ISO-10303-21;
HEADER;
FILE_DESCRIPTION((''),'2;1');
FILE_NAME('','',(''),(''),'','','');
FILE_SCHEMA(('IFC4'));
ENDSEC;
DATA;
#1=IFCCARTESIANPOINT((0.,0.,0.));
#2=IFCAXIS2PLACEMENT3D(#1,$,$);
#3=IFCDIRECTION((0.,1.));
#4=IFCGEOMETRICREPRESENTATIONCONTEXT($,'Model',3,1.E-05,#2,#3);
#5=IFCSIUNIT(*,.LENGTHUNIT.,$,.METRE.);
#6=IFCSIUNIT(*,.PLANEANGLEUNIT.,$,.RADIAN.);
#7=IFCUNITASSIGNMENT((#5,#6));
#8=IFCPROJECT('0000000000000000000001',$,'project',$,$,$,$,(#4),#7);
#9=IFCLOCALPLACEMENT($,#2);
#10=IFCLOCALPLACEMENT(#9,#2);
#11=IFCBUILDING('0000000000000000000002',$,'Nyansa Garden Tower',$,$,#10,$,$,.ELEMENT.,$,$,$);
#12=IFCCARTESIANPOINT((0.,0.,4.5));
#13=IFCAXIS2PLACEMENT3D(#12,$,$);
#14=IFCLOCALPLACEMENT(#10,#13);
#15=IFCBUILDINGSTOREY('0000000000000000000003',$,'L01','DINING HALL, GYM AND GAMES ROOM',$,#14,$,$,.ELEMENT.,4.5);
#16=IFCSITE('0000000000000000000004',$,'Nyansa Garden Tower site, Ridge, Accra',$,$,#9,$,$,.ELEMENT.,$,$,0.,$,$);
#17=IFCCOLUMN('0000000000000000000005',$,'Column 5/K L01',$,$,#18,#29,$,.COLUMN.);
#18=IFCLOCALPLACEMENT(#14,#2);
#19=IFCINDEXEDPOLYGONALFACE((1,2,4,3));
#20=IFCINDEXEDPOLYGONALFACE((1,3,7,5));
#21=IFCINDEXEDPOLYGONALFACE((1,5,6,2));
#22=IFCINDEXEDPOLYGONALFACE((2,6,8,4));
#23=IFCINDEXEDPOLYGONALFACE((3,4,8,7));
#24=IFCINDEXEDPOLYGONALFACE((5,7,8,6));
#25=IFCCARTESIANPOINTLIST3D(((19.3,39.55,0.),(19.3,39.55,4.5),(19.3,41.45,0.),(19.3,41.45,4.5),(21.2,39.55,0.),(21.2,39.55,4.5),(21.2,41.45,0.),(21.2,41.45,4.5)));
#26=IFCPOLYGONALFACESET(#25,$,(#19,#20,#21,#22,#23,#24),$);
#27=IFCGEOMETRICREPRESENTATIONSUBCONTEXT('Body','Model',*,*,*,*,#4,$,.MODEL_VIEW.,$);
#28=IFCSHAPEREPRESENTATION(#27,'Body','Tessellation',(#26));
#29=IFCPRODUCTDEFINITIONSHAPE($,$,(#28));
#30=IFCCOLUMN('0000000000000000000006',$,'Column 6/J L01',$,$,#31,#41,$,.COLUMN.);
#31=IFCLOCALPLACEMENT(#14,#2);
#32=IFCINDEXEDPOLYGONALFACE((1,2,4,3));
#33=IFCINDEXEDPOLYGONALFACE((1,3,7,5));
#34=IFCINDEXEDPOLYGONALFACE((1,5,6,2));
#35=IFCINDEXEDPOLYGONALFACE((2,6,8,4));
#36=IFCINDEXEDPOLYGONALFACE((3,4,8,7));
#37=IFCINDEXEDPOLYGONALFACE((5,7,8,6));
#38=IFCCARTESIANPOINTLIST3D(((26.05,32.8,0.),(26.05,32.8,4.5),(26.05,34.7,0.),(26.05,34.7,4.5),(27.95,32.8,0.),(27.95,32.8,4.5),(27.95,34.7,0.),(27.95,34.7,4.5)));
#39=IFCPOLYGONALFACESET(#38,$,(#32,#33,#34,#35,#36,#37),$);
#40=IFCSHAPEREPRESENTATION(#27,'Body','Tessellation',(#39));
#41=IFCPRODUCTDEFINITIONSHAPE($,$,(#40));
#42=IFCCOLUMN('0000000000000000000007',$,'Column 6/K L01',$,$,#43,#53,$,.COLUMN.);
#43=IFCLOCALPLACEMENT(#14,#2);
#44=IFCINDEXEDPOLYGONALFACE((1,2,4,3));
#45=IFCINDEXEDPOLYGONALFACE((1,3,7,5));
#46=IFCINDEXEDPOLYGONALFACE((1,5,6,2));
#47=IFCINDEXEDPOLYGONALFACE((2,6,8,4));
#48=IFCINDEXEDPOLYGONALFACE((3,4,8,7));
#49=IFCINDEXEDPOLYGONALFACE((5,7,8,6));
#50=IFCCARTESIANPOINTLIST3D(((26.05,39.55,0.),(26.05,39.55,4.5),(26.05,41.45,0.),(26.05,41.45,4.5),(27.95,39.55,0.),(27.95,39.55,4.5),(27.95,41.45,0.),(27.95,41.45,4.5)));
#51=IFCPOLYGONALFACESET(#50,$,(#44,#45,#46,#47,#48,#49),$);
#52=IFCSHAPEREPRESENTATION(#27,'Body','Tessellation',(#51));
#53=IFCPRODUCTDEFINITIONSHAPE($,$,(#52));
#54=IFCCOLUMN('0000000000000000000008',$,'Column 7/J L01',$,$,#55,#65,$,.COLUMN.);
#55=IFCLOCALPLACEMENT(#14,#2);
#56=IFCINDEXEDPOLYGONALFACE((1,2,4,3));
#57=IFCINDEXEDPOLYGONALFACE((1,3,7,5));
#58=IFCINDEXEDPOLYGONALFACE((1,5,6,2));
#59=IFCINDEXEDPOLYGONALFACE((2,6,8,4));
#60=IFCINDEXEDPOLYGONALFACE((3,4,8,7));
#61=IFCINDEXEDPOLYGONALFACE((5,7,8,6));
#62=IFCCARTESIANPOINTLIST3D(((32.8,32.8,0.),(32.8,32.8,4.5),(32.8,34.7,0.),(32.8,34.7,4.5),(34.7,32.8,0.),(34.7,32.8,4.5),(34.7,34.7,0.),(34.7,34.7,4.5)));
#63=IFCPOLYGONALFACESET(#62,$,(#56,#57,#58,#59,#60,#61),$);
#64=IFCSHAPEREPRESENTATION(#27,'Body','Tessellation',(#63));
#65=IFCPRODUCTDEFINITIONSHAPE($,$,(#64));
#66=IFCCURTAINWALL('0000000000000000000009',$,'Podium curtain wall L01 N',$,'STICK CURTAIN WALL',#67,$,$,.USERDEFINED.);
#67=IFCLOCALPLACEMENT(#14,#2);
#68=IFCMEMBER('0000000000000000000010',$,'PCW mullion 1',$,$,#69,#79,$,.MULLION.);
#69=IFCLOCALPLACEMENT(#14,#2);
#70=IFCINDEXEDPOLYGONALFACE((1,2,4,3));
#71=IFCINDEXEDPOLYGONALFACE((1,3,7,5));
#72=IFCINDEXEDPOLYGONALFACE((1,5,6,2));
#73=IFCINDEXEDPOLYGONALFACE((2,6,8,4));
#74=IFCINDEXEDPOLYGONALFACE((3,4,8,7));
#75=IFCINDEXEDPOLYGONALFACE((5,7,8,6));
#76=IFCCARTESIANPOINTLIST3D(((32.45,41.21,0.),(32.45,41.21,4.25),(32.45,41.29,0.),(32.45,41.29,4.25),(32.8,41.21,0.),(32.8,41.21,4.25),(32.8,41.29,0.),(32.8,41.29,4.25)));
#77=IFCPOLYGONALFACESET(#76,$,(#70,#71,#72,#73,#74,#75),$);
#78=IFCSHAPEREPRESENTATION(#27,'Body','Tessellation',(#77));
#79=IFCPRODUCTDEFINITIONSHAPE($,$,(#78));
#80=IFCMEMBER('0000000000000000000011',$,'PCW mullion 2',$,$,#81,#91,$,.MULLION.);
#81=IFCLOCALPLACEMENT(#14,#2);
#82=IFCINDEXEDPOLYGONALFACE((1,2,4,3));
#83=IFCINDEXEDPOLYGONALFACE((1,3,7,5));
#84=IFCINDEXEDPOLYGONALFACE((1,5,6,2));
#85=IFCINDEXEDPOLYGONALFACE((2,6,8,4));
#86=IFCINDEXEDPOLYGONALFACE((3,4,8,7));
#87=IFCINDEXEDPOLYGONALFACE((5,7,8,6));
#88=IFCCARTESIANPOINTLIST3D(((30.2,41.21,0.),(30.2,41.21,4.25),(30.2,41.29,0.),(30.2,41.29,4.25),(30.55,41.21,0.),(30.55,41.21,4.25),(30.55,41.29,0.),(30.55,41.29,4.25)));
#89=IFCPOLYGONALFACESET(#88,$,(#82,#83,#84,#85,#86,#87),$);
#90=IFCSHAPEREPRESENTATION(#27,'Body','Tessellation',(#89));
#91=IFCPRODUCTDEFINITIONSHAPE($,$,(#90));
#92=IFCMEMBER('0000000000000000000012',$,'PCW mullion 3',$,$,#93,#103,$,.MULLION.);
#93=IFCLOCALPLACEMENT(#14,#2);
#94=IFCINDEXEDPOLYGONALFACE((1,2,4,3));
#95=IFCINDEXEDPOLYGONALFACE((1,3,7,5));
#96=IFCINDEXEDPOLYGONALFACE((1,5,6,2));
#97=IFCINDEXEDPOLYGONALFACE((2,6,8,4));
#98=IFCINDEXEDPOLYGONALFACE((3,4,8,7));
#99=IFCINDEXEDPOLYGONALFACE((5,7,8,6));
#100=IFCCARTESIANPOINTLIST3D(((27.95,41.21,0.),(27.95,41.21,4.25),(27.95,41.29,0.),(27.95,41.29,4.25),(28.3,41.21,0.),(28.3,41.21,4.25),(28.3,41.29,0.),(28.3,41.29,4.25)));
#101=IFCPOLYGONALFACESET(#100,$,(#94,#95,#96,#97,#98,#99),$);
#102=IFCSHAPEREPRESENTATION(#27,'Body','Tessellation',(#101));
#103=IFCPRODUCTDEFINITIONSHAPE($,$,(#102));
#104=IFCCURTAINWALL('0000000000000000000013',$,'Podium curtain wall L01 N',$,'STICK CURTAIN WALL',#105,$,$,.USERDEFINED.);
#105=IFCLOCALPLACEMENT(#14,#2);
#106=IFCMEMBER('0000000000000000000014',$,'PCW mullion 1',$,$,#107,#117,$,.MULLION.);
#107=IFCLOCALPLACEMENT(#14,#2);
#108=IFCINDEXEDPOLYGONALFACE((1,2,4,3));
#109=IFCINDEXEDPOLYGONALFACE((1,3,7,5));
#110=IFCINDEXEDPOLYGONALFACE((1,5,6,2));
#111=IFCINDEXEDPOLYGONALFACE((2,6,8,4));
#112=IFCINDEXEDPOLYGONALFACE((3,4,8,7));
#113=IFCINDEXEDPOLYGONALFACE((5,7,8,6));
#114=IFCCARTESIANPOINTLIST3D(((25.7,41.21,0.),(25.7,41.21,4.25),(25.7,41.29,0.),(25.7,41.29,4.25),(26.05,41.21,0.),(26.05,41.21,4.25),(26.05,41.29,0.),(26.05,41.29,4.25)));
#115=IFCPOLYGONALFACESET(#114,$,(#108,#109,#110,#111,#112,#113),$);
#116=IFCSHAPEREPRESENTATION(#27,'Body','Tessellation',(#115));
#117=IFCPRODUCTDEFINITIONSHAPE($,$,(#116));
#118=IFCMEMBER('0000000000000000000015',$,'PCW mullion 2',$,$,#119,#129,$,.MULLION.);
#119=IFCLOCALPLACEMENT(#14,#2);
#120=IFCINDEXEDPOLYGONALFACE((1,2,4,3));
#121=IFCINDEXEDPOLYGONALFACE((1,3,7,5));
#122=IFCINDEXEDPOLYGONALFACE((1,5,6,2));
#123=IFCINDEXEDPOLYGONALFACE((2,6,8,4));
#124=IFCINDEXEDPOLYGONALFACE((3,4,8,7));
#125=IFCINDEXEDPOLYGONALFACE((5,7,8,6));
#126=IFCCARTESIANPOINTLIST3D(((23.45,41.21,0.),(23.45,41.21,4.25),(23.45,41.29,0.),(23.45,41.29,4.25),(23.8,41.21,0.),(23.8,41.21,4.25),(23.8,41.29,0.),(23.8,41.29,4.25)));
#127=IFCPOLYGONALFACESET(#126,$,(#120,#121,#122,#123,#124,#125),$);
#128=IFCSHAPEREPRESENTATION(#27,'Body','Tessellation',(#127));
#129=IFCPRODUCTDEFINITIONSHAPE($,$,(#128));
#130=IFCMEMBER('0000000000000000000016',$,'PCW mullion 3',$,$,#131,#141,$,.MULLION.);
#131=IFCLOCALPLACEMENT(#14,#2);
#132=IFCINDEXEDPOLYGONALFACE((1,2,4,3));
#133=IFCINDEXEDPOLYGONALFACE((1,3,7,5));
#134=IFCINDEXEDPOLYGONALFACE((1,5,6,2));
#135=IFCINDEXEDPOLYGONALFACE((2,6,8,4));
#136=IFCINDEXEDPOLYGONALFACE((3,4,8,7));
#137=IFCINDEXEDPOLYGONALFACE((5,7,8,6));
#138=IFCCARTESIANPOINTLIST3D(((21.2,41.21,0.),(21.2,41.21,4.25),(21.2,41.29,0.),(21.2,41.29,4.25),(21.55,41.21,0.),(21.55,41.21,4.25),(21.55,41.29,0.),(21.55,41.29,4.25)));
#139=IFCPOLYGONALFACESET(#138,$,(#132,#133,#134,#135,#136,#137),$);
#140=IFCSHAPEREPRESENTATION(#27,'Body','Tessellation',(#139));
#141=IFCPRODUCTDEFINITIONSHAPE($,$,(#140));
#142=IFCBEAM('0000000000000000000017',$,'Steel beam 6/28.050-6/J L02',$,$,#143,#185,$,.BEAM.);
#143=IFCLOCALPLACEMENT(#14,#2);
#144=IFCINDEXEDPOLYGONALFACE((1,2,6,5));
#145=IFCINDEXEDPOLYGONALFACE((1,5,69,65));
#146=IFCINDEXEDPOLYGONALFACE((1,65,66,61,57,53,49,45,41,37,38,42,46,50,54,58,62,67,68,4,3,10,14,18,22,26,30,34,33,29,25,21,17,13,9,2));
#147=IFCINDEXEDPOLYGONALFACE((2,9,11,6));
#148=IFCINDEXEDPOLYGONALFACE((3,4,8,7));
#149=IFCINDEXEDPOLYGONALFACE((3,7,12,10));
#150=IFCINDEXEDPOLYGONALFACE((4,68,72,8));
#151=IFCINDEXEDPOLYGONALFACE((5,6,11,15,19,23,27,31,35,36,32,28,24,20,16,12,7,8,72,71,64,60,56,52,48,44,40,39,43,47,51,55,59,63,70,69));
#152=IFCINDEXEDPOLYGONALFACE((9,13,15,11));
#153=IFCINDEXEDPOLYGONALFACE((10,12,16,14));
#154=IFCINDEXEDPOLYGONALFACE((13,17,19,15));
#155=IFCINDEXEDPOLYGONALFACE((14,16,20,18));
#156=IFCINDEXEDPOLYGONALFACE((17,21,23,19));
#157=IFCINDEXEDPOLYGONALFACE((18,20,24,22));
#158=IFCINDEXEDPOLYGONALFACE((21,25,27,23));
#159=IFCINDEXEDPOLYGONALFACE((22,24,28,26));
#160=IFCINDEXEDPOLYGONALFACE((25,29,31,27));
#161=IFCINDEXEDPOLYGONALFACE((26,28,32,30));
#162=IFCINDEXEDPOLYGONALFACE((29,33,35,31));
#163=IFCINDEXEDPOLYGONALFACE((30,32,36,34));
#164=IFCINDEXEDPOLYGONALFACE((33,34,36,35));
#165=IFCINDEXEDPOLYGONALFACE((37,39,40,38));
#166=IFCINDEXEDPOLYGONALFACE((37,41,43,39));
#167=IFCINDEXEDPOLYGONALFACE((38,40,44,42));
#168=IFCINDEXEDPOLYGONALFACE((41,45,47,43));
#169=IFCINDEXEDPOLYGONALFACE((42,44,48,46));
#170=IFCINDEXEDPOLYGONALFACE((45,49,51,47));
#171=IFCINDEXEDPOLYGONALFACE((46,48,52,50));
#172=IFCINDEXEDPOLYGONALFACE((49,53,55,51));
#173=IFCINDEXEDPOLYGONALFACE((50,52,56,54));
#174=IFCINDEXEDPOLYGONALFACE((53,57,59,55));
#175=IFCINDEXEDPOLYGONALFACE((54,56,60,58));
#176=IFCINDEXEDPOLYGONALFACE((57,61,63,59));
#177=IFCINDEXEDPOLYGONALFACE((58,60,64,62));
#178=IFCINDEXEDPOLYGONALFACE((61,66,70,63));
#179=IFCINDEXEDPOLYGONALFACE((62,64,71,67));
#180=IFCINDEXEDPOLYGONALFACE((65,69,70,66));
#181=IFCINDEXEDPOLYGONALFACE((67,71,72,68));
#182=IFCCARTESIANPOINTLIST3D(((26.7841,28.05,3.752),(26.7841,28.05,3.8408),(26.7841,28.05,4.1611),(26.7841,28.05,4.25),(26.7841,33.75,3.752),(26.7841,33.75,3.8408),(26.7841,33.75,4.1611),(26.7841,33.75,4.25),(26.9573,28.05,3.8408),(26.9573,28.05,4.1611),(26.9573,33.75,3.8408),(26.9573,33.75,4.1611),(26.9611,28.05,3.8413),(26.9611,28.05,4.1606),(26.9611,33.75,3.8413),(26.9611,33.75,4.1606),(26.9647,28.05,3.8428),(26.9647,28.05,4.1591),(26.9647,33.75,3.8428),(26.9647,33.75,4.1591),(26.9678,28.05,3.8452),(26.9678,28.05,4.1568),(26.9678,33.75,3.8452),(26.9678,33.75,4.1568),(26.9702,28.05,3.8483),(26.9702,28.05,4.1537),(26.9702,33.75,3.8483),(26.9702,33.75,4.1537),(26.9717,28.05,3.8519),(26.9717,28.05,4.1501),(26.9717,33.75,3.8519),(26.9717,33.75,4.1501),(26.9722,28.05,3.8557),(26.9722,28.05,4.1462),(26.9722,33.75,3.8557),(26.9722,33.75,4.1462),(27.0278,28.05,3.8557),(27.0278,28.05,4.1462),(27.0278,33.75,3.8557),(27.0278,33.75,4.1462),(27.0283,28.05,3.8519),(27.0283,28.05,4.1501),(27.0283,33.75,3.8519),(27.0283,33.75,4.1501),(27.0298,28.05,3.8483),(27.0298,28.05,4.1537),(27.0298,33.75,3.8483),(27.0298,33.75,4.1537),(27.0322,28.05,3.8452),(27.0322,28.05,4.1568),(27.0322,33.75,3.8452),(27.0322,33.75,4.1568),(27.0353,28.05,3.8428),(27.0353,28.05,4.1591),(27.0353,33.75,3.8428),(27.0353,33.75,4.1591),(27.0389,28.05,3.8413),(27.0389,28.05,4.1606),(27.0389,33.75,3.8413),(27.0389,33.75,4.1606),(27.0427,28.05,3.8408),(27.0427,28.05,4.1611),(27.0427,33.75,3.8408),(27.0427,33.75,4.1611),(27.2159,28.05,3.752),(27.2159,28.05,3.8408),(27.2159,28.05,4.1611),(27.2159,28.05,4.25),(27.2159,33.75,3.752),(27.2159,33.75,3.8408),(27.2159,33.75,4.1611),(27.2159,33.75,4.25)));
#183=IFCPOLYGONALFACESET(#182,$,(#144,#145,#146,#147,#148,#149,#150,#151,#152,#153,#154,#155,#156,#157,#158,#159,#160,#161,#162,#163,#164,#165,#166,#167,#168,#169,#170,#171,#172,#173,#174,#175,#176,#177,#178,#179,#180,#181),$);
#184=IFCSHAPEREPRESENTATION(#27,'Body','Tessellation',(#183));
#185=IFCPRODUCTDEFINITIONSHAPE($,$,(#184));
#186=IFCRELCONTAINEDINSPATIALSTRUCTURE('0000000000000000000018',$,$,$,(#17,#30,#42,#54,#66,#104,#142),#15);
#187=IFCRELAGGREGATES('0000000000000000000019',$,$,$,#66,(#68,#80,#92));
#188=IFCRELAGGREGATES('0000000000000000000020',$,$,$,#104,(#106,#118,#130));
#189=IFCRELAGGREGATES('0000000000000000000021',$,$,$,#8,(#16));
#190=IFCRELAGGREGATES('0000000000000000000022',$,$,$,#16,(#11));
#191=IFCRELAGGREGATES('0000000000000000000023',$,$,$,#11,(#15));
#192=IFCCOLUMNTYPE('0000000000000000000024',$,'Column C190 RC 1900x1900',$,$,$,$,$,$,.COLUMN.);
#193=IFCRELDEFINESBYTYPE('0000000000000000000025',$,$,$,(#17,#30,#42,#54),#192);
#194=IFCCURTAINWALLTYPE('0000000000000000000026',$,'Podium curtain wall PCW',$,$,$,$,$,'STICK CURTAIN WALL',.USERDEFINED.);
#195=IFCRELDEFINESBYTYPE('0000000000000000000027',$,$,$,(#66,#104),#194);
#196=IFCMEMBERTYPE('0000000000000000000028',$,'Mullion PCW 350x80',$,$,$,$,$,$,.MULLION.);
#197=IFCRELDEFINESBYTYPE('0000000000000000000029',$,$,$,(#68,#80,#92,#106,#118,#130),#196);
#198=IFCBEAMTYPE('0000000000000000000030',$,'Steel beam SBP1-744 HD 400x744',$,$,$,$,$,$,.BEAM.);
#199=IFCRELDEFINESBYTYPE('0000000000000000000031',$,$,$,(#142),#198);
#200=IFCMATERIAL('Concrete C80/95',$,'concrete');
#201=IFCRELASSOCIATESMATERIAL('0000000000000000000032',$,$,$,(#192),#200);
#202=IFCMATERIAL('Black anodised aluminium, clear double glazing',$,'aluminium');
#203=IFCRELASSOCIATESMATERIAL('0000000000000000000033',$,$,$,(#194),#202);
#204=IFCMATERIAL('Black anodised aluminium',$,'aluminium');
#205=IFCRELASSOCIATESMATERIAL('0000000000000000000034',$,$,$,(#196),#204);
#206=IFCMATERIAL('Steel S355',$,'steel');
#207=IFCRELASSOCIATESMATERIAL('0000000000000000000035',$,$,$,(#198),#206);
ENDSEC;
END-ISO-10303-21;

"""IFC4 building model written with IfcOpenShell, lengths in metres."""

from ifc_helpers import new_model, si_unit, direction, frame, origin, origin_2d, place, context, subcontext, project, spatial, rectangle, i_section, extrude, material, material_profile, profile_set, type_object, element, aggregate, save


model = new_model("IFC4")

# Units and contexts
model_context = context("Model", 3, precision=1e-05, world=origin(), true_north=direction((0.0, 1.0)))
body_context = subcontext(model_context, "Body", "Model", "MODEL_VIEW")
ifc_project = project(units=[si_unit("LENGTHUNIT", "METRE"), si_unit("PLANEANGLEUNIT", "RADIAN")], contexts=[model_context])

# Site, building, storey
site_placement = place(None, origin())
site = spatial("IfcSite", under=ifc_project, at=site_placement, Name="Nyansa Garden Tower site, Ridge, Accra", CompositionType="ELEMENT", RefElevation=0.0)
building_placement = place(site_placement, origin())
building = spatial("IfcBuilding", under=site, at=building_placement, Name="Nyansa Garden Tower", CompositionType="ELEMENT")
storey_placement = place(building_placement, frame((0.0, 0.0, 4.5)))
storey = spatial("IfcBuildingStorey", under=building, at=storey_placement, Name="L01", Description="DINING HALL, GYM AND GAMES ROOM", CompositionType="ELEMENT", Elevation=4.5)

# Columns
ifc_material_1 = material(Name="Concrete C80/95", Category="concrete")
ifc_material_profile_1 = material_profile(ifc_material_1, rectangle(XDim=1.8999, YDim=1.8999, at=origin_2d()), Name="RC 1900x1900")
ifc_profile_set_1 = profile_set([ifc_material_profile_1], Name="Concrete C80/95")
column_type = type_object("IfcColumnType", Name="Column C190 RC 1900x1900", PredefinedType="COLUMN", material=ifc_profile_set_1)
for number, where, z_axis, x_axis, name in (
    (1, (20.25, 40.5, 0.0), (0.0, 0.0, 1.0), (1.0, 0.0, 0.0), "Column 5/K L01"),
    (2, (27.0, 33.75, 0.0), (0.0, 0.0, 1.0), (1.0, 0.0, 0.0), "Column 6/J L01"),
    (3, (27.0, 40.5, 0.0), (0.0, 0.0, 1.0), (1.0, 0.0, 0.0), "Column 6/K L01"),
    (4, (33.75, 33.75, 0.0), (0.0, 0.0, 1.0), (1.0, 0.0, 0.0), "Column 7/J L01"),
):
    element("IfcColumn", number, at=place(storey_placement, frame(where, z_axis=z_axis, x_axis=x_axis)), inside=storey, type_object=column_type, Name=name, PredefinedType="COLUMN", context=body_context, shape_type="SweptSolid", body=[
        extrude(rectangle(XDim=1.8999, YDim=1.8999, at=origin_2d()), origin(), (0.0, 0.0, 1.0), 4.5),
    ])

# Curtain walls, members
ifc_material_2 = material(Name="Black anodised aluminium, clear double glazing", Category="aluminium")
curtain_wall_type = type_object("IfcCurtainWallType", Name="Podium curtain wall PCW", ElementType="STICK CURTAIN WALL", PredefinedType="USERDEFINED", material=ifc_material_2)
curtain_wall_1_placement = place(storey_placement, origin())
curtain_wall_1 = element("IfcCurtainWall", 5, at=curtain_wall_1_placement, inside=storey, type_object=curtain_wall_type, Name="Podium curtain wall L01 N", ObjectType="STICK CURTAIN WALL", PredefinedType="USERDEFINED")
ifc_material_3 = material(Name="Black anodised aluminium", Category="aluminium")
ifc_material_profile_2 = material_profile(ifc_material_3, rectangle(XDim=0.0801, YDim=0.3501, at=origin_2d()), Name="Mullion 350x80")
ifc_profile_set_2 = profile_set([ifc_material_profile_2], Name="Black anodised aluminium")
member_type_1 = type_object("IfcMemberType", Name="Mullion PCW 350x80", PredefinedType="MULLION", material=ifc_profile_set_2)
member_1_placement = place(storey_placement, frame((32.625, 41.25, 0.0), z_axis=(0.0, 0.0, 1.0), x_axis=(0.0, -1.0, 0.0)))
member_1 = element("IfcMember", 6, at=member_1_placement, type_object=member_type_1, Name="PCW mullion 1", PredefinedType="MULLION", context=body_context, shape_type="SweptSolid", body=[
    extrude(rectangle(XDim=0.0801, YDim=0.3501, at=origin_2d()), origin(), (0.0, 0.0, 1.0), 4.25),
])
member_2_placement = place(storey_placement, frame((30.375, 41.25, 0.0), z_axis=(0.0, 0.0, 1.0), x_axis=(0.0, -1.0, 0.0)))
member_2 = element("IfcMember", 7, at=member_2_placement, type_object=member_type_1, Name="PCW mullion 2", PredefinedType="MULLION", context=body_context, shape_type="SweptSolid", body=[
    extrude(rectangle(XDim=0.0801, YDim=0.3501, at=origin_2d()), origin(), (0.0, 0.0, 1.0), 4.25),
])
member_3_placement = place(storey_placement, frame((28.125, 41.25, 0.0), z_axis=(0.0, 0.0, 1.0), x_axis=(0.0, -1.0, 0.0)))
member_3 = element("IfcMember", 8, at=member_3_placement, type_object=member_type_1, Name="PCW mullion 3", PredefinedType="MULLION", context=body_context, shape_type="SweptSolid", body=[
    extrude(rectangle(XDim=0.0801, YDim=0.3501, at=origin_2d()), origin(), (0.0, 0.0, 1.0), 4.25),
])
curtain_wall_2_placement = place(storey_placement, origin())
curtain_wall_2 = element("IfcCurtainWall", 9, at=curtain_wall_2_placement, inside=storey, type_object=curtain_wall_type, Name="Podium curtain wall L01 N", ObjectType="STICK CURTAIN WALL", PredefinedType="USERDEFINED")
member_4_placement = place(storey_placement, frame((25.875, 41.25, 0.0), z_axis=(0.0, 0.0, 1.0), x_axis=(0.0, -1.0, 0.0)))
member_4 = element("IfcMember", 10, at=member_4_placement, type_object=member_type_1, Name="PCW mullion 1", PredefinedType="MULLION", context=body_context, shape_type="SweptSolid", body=[
    extrude(rectangle(XDim=0.0801, YDim=0.3501, at=origin_2d()), origin(), (0.0, 0.0, 1.0), 4.25),
])
member_5_placement = place(storey_placement, frame((23.625, 41.25, 0.0), z_axis=(0.0, 0.0, 1.0), x_axis=(0.0, -1.0, 0.0)))
member_5 = element("IfcMember", 11, at=member_5_placement, type_object=member_type_1, Name="PCW mullion 2", PredefinedType="MULLION", context=body_context, shape_type="SweptSolid", body=[
    extrude(rectangle(XDim=0.0801, YDim=0.3501, at=origin_2d()), origin(), (0.0, 0.0, 1.0), 4.25),
])
member_6_placement = place(storey_placement, frame((21.375, 41.25, 0.0), z_axis=(0.0, 0.0, 1.0), x_axis=(0.0, -1.0, 0.0)))
member_6 = element("IfcMember", 12, at=member_6_placement, type_object=member_type_1, Name="PCW mullion 3", PredefinedType="MULLION", context=body_context, shape_type="SweptSolid", body=[
    extrude(rectangle(XDim=0.0801, YDim=0.3501, at=origin_2d()), origin(), (0.0, 0.0, 1.0), 4.25),
])

# Beam
ifc_material_4 = material(Name="Steel S355", Category="steel")
ifc_material_profile_3 = material_profile(ifc_material_4, i_section(OverallWidth=0.4319, OverallDepth=0.498, WebThickness=0.0557, FlangeThickness=0.0889, FilletRadius=0.0149, at=origin_2d()), Name="HD 400x744")
ifc_profile_set_3 = profile_set([ifc_material_profile_3], Name="Steel S355")
beam_type_1 = type_object("IfcBeamType", Name="Steel beam SBP1-744 HD 400x744", PredefinedType="BEAM", material=ifc_profile_set_3)
beam_1_placement = place(storey_placement, frame((27.0, 28.05, 4.001), z_axis=(0.0, 1.0, 0.0), x_axis=(-1.0, 0.0, 0.0)))
element("IfcBeam", 13, at=beam_1_placement, inside=storey, type_object=beam_type_1, Name="Steel beam 6/28.050-6/J L02", PredefinedType="BEAM", context=body_context, shape_type="SweptSolid", body=[
    extrude(i_section(OverallWidth=0.4319, OverallDepth=0.498, WebThickness=0.0557, FlangeThickness=0.0889, FilletRadius=0.0149, at=origin_2d()), origin(), (0.0, 0.0, 1.0), 5.7),
])

aggregate(curtain_wall_1, [member_1, member_2, member_3])
aggregate(curtain_wall_2, [member_4, member_5, member_6])

save(model, "model.ifc")
